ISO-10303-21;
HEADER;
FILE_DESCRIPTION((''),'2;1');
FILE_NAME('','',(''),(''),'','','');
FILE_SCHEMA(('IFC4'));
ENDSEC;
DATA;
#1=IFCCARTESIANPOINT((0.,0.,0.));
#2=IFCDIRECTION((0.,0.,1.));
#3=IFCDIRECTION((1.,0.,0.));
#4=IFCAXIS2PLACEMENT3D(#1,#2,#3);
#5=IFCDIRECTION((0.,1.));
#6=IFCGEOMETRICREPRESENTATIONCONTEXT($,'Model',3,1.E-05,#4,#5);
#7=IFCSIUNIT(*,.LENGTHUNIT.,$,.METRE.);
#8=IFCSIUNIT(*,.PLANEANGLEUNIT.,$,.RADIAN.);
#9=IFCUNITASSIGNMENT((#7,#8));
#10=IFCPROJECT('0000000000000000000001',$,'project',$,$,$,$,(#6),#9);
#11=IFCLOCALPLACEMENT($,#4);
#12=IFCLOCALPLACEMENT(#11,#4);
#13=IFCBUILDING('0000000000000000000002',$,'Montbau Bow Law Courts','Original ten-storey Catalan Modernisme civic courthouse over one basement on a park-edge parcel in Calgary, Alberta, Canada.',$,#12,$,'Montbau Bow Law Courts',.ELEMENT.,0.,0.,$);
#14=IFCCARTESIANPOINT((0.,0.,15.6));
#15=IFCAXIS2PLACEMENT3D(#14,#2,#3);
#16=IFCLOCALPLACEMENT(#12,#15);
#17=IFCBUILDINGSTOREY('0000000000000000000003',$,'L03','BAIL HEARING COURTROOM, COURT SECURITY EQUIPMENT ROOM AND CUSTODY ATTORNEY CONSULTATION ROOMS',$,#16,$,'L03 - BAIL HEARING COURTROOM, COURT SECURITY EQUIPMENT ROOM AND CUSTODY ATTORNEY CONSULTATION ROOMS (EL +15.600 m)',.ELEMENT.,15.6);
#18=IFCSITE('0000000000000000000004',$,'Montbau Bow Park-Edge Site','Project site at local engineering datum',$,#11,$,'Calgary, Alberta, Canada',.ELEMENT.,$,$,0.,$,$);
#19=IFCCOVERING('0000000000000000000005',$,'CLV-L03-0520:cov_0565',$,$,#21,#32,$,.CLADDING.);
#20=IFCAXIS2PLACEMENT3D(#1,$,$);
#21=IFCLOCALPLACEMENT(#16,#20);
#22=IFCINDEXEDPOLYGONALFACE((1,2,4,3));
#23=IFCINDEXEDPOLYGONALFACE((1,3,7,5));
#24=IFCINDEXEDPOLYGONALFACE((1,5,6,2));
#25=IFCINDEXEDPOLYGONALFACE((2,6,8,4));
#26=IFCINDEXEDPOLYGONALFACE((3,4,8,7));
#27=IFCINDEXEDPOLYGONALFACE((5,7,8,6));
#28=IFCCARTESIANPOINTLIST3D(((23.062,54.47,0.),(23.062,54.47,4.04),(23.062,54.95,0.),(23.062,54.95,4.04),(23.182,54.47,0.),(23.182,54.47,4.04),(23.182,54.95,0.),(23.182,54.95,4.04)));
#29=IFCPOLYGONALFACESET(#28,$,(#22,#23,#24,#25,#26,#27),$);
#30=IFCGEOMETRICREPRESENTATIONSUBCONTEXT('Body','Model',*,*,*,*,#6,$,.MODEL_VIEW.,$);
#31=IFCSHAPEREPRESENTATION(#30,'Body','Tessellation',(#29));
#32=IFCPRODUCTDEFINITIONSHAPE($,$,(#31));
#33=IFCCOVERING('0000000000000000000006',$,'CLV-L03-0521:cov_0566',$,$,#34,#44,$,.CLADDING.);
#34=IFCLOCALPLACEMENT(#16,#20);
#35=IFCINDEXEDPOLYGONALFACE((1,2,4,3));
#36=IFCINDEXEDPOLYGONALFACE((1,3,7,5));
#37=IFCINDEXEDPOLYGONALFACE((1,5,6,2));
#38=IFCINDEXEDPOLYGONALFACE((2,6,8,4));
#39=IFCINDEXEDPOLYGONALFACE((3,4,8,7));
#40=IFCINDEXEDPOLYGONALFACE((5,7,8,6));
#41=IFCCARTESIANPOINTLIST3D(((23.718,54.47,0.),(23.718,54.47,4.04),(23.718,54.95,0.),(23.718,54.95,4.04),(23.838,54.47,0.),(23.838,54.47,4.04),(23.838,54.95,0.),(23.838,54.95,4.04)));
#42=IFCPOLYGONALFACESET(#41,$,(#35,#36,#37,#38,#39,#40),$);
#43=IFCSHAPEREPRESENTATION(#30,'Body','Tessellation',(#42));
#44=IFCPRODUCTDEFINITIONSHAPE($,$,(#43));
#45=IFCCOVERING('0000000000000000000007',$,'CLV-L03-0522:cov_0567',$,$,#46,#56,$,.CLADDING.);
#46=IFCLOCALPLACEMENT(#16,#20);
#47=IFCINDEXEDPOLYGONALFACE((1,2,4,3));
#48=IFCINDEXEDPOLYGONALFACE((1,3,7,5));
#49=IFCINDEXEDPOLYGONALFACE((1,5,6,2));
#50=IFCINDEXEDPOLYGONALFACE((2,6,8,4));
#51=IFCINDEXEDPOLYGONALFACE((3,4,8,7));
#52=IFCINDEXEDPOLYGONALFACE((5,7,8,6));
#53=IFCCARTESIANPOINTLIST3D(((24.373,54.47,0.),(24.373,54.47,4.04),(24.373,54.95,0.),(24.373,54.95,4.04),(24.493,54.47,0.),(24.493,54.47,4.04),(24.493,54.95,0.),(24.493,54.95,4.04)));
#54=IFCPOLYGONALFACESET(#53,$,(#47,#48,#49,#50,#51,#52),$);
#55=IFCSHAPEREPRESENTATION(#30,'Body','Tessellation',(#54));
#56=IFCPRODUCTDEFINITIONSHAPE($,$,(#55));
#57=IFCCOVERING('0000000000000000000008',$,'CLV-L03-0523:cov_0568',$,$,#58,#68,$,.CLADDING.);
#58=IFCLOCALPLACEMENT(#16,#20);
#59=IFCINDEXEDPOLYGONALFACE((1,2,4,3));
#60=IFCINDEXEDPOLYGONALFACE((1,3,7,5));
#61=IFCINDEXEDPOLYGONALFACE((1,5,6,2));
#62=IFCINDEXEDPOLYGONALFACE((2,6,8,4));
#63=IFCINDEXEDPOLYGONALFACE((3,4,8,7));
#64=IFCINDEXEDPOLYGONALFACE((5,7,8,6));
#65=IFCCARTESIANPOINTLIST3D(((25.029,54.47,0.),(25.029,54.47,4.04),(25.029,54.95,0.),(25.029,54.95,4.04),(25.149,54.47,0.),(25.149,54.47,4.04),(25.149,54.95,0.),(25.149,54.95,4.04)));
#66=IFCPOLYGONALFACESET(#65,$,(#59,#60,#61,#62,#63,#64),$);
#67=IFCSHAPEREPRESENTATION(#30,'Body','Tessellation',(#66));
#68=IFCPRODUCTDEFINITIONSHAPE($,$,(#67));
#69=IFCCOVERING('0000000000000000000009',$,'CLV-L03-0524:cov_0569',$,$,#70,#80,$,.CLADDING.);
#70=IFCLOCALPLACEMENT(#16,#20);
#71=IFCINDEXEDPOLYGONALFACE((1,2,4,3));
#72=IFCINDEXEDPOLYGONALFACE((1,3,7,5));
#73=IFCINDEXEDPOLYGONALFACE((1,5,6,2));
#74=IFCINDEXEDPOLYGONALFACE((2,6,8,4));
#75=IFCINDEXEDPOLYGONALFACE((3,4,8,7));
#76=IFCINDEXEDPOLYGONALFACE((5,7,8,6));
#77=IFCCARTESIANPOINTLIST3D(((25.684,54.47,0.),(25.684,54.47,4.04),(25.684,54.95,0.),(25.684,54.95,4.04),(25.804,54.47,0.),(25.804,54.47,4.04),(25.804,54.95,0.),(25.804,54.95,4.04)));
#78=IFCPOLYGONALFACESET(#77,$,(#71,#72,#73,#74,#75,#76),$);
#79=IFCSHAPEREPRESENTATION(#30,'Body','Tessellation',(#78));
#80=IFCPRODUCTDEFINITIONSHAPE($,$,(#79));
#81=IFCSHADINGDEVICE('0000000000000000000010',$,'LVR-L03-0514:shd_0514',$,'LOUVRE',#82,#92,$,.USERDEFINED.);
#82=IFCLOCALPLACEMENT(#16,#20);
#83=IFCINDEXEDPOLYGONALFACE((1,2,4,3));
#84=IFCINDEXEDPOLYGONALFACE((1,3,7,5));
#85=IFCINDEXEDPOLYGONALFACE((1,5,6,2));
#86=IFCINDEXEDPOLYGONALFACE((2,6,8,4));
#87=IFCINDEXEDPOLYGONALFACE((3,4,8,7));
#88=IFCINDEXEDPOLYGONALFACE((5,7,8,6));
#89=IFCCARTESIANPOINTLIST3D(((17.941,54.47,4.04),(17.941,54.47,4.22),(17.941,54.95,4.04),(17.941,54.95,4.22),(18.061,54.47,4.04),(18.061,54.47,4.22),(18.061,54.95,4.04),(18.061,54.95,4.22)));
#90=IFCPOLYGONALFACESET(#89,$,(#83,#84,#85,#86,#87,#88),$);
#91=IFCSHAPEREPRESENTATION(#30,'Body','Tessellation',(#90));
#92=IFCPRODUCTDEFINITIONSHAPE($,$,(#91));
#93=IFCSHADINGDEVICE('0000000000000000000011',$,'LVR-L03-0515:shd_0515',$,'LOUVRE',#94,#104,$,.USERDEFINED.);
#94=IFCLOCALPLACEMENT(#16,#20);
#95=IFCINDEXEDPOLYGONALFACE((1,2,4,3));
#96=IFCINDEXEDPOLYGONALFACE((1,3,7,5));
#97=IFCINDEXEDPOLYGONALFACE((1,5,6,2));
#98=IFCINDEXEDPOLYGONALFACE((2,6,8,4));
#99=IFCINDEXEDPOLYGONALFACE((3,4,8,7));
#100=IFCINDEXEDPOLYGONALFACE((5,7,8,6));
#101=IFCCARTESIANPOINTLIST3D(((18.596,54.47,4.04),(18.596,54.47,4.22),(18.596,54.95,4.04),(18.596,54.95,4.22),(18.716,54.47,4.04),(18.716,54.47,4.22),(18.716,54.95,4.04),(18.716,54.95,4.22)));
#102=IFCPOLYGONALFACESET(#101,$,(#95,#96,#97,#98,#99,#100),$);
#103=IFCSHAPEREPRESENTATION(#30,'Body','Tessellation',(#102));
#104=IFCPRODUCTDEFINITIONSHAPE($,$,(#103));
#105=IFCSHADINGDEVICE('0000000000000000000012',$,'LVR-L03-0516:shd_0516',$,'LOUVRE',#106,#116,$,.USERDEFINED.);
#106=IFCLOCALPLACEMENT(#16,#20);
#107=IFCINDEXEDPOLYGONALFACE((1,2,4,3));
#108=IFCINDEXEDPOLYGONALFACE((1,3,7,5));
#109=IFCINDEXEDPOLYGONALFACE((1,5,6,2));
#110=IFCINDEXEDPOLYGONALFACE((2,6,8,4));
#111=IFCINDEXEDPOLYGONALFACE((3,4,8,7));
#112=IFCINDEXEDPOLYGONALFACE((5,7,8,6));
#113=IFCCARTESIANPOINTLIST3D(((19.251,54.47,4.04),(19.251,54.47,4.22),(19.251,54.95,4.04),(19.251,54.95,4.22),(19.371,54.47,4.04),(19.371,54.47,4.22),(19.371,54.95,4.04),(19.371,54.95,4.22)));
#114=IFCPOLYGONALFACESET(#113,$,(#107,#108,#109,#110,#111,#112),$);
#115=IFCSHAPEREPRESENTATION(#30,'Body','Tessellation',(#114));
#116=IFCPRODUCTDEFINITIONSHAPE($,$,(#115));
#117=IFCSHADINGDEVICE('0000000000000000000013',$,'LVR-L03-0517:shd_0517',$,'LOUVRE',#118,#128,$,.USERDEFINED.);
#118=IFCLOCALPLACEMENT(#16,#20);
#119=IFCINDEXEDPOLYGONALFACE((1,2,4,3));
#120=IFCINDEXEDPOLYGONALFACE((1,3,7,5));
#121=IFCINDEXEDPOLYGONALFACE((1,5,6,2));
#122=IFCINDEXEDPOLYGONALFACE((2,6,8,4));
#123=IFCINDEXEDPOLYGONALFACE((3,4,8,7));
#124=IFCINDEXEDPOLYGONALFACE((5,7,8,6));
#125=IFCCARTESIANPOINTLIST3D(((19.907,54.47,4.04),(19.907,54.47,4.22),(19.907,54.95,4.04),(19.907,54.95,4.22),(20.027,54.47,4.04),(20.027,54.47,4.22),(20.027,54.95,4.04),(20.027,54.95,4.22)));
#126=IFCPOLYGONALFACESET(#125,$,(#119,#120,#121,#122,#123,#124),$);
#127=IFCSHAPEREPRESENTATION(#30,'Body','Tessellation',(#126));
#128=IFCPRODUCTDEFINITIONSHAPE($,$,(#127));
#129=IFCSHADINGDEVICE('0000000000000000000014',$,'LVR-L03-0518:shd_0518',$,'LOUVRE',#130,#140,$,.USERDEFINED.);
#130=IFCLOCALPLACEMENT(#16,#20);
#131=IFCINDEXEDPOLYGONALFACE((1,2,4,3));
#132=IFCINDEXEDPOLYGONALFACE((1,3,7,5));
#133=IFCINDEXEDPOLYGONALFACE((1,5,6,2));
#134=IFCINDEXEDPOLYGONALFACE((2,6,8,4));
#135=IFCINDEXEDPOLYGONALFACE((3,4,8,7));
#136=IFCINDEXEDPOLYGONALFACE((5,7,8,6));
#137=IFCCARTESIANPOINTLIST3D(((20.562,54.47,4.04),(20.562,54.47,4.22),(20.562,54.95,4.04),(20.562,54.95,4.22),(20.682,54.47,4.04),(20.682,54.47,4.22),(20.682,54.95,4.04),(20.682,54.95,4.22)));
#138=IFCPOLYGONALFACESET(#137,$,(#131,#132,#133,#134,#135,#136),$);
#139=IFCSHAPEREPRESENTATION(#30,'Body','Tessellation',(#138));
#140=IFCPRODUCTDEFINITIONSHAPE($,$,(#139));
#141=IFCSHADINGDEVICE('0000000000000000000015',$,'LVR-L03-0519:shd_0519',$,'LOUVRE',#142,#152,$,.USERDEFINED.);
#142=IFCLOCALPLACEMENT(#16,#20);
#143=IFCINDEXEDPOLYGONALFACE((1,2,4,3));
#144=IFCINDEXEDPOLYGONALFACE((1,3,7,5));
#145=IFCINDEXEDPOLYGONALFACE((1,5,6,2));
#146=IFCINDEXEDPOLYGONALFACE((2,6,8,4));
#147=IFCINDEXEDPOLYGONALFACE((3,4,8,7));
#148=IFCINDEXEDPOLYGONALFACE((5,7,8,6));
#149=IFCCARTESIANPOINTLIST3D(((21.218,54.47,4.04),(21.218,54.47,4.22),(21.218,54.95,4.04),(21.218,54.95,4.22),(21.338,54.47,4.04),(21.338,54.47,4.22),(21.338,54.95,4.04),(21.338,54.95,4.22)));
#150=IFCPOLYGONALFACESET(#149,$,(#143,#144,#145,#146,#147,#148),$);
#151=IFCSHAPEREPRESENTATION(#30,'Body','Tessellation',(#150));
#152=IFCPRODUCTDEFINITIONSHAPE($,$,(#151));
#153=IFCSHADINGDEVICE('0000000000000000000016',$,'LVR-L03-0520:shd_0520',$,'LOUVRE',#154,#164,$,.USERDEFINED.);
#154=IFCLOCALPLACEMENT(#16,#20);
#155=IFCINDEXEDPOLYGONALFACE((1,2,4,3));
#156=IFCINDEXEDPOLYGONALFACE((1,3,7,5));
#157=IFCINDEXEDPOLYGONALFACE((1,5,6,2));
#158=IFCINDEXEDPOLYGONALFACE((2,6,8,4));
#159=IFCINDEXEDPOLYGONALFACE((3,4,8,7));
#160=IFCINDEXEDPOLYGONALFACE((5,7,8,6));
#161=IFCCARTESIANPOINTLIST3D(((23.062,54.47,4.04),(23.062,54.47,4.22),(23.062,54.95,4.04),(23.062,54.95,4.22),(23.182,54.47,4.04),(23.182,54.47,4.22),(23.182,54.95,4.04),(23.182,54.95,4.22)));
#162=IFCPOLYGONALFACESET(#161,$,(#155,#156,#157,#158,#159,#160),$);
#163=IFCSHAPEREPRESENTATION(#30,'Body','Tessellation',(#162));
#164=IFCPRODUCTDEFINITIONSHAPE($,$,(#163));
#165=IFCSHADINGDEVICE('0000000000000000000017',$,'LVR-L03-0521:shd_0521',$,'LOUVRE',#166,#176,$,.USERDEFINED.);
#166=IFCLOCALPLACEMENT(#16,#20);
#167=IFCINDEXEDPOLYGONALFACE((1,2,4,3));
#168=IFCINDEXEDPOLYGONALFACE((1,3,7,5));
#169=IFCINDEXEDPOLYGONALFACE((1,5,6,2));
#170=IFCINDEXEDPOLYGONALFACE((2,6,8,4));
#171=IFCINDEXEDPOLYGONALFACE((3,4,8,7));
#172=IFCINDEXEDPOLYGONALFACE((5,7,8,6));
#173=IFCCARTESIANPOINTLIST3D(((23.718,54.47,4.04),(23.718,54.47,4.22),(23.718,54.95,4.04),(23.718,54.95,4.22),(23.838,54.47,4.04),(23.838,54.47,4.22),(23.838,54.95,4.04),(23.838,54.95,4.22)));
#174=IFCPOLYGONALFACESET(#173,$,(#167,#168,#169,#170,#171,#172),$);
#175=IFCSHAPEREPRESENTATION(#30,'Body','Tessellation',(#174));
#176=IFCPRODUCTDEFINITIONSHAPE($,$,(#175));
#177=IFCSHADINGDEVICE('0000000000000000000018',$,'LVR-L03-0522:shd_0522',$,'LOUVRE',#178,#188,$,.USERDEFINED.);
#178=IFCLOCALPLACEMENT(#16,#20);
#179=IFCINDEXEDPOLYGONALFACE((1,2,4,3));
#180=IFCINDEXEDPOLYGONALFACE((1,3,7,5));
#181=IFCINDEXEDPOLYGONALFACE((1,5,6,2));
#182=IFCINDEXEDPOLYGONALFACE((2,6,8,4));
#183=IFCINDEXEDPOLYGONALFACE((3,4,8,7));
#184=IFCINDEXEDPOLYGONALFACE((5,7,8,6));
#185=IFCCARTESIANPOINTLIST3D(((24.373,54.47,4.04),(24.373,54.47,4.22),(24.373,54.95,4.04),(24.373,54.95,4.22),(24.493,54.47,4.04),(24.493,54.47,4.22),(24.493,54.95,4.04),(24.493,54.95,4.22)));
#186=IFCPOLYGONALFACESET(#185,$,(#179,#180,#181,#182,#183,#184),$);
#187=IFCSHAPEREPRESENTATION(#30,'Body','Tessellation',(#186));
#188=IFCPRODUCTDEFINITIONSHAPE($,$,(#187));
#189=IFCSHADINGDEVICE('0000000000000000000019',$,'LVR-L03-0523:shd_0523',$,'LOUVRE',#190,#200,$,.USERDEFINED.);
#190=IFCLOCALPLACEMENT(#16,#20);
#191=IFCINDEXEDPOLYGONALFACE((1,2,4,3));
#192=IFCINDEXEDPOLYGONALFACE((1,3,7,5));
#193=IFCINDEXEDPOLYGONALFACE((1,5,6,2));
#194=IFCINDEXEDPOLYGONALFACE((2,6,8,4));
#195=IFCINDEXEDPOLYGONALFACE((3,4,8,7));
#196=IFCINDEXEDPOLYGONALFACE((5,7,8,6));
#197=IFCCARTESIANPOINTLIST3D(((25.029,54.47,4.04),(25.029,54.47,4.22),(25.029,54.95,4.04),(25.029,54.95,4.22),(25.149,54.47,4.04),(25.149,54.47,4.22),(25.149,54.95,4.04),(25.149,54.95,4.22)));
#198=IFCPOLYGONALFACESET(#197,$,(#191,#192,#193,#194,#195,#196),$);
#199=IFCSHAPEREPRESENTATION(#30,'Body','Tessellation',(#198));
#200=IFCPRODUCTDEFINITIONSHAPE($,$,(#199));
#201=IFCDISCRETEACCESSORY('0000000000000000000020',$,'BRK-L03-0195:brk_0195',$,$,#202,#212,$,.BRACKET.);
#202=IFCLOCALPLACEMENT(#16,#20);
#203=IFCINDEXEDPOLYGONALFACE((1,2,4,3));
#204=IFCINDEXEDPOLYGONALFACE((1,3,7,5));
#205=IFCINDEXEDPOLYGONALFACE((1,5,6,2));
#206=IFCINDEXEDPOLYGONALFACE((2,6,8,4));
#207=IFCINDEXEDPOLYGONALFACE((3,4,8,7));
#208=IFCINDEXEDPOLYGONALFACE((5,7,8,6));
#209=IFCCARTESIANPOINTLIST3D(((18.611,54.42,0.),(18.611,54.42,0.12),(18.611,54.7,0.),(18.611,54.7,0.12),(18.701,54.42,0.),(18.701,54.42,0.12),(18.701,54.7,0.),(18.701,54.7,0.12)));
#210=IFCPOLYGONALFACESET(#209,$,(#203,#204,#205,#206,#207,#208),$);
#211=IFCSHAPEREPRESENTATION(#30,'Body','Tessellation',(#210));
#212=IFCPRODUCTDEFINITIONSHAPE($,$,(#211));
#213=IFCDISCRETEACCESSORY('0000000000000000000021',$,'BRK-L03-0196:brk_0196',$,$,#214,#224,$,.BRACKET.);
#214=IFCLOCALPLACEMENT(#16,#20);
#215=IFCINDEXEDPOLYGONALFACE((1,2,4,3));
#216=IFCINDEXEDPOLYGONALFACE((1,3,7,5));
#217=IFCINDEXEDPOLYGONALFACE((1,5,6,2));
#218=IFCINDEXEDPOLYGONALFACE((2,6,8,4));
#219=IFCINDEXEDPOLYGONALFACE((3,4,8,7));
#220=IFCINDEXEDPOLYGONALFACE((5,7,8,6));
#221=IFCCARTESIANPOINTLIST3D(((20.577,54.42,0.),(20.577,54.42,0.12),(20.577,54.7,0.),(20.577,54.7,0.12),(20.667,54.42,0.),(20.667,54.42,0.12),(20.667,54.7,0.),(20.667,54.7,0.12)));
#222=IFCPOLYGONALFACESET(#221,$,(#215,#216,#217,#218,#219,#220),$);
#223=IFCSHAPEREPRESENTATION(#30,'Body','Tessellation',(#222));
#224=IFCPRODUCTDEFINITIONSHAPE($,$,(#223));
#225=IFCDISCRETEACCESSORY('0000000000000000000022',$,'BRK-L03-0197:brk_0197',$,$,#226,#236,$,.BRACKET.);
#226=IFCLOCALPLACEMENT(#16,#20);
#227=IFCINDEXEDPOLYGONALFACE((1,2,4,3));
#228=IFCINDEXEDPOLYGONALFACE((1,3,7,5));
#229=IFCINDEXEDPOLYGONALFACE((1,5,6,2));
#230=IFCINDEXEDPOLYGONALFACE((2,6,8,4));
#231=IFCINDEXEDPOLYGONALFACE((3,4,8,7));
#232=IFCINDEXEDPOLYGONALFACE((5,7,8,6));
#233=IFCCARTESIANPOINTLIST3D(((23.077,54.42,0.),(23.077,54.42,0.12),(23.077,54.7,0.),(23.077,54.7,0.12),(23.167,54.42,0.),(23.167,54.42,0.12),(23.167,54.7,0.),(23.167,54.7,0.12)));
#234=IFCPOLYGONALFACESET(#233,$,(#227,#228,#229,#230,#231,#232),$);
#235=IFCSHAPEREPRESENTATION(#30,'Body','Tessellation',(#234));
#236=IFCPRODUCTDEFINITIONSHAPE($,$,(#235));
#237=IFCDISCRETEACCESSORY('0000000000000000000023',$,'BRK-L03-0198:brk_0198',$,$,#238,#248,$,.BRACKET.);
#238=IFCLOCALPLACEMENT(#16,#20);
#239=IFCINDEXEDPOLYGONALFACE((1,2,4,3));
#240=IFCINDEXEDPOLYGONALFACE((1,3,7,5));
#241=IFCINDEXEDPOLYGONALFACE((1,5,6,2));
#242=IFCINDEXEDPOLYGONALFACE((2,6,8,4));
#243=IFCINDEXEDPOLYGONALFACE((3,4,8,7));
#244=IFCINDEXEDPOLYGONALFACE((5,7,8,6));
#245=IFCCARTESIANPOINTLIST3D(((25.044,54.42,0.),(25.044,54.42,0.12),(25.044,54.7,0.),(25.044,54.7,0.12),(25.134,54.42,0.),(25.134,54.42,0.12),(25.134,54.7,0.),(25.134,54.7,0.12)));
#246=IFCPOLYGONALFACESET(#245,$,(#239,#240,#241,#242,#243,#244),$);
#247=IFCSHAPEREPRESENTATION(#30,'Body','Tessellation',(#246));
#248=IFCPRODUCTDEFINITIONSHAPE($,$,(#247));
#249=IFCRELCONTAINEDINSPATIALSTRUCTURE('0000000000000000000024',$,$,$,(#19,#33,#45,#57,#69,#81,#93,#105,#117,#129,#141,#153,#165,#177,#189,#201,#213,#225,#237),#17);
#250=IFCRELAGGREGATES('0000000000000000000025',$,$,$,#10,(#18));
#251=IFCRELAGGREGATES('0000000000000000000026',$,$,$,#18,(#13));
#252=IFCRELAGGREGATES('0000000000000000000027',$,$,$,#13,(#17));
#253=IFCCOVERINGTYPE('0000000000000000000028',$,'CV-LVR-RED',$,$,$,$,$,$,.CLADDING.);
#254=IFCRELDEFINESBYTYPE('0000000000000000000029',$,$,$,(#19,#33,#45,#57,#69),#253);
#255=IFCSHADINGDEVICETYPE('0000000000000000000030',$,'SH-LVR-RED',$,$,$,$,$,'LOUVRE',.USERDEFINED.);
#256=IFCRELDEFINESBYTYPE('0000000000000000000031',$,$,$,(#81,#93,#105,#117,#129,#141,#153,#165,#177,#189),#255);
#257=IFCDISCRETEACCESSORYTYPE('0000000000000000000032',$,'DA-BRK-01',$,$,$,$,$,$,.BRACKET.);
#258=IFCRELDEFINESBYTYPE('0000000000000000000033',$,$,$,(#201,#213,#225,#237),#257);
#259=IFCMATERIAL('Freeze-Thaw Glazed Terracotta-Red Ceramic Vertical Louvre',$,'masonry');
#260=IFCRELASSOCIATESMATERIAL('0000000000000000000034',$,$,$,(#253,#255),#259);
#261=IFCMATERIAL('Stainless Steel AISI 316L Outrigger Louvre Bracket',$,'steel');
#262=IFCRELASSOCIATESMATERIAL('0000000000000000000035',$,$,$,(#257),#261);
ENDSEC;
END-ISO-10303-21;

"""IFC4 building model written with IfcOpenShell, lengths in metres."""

from ifc_helpers import new_model, si_unit, direction, frame, frame_2d, origin_with_axes, origin_2d_with_axis, place, context, subcontext, project, spatial, rectangle, extrude, material, type_object, element, save


model = new_model("IFC4")

# Units and contexts
model_context = context("Model", 3, precision=1e-05, world=origin_with_axes(), true_north=direction((0.0, 1.0)))
body_context = subcontext(model_context, "Body", "Model", "MODEL_VIEW")
ifc_project = project(units=[si_unit("LENGTHUNIT", "METRE"), si_unit("PLANEANGLEUNIT", "RADIAN")], contexts=[model_context])

# Site, building, storey
site_placement = place(None, origin_with_axes())
site = spatial("IfcSite", under=ifc_project, at=site_placement, Name="Montbau Bow Park-Edge Site", Description="Project site at local engineering datum", LongName="Calgary, Alberta, Canada", CompositionType="ELEMENT", RefElevation=0.0)
building_placement = place(site_placement, origin_with_axes())
building = spatial("IfcBuilding", under=site, at=building_placement, Name="Montbau Bow Law Courts", Description="Original ten-storey Catalan Modernisme civic courthouse over one basement on a park-edge parcel in Calgary, Alberta, Canada.", LongName="Montbau Bow Law Courts", CompositionType="ELEMENT", ElevationOfRefHeight=0.0, ElevationOfTerrain=0.0)
storey_placement = place(building_placement, frame((0.0, 0.0, 15.6), z_axis=(0.0, 0.0, 1.0), x_axis=(1.0, 0.0, 0.0)))
storey = spatial("IfcBuildingStorey", under=building, at=storey_placement, Name="L03", Description="BAIL HEARING COURTROOM, COURT SECURITY EQUIPMENT ROOM AND CUSTODY ATTORNEY CONSULTATION ROOMS", LongName="L03 - BAIL HEARING COURTROOM, COURT SECURITY EQUIPMENT ROOM AND CUSTODY ATTORNEY CONSULTATION ROOMS (EL +15.600 m)", CompositionType="ELEMENT", Elevation=15.6)

# Coverings
ifc_material_1 = material(Name="Freeze-Thaw Glazed Terracotta-Red Ceramic Vertical Louvre", Category="masonry")
covering_type = type_object("IfcCoveringType", Name="CV-LVR-RED", PredefinedType="CLADDING", material=ifc_material_1)
for number, where, z_axis, x_axis, name in (
    (1, (23.122, 54.47, 15.6), (1.0, 0.0, 0.0), (0.0, 1.0, 0.0), "CLV-L03-0520:cov_0565"),
    (2, (23.778, 54.47, 15.6), (1.0, 0.0, 0.0), (0.0, 1.0, 0.0), "CLV-L03-0521:cov_0566"),
    (3, (24.433, 54.47, 15.6), (1.0, 0.0, 0.0), (0.0, 1.0, 0.0), "CLV-L03-0522:cov_0567"),
    (4, (25.089, 54.47, 15.6), (1.0, 0.0, 0.0), (0.0, 1.0, 0.0), "CLV-L03-0523:cov_0568"),
    (5, (25.744, 54.47, 15.6), (1.0, 0.0, 0.0), (0.0, 1.0, 0.0), "CLV-L03-0524:cov_0569"),
):
    element("IfcCovering", number, at=place(None, frame(where, z_axis=z_axis, x_axis=x_axis)), inside=storey, type_object=covering_type, Name=name, PredefinedType="CLADDING", context=body_context, shape_type="SweptSolid", body=[
        extrude(rectangle(XDim=0.48, YDim=4.04, at=frame_2d((0.24, 2.02), x_axis=(1.0, 0.0))), frame((0.0, 0.0, -0.06), z_axis=(0.0, 0.0, 1.0), x_axis=(1.0, 0.0, 0.0)), (0.0, 0.0, 1.0), 0.12),
    ])

# Shading devices
shading_device_type = type_object("IfcShadingDeviceType", Name="SH-LVR-RED", ElementType="LOUVRE", PredefinedType="USERDEFINED", material=ifc_material_1)
for number, where, z_axis, x_axis, name in (
    (6, (18.001, 54.71, 19.64), (0.0, 0.0, 1.0), (0.0, 1.0, 0.0), "LVR-L03-0514:shd_0514"),
    (7, (18.656, 54.71, 19.64), (0.0, 0.0, 1.0), (0.0, 1.0, 0.0), "LVR-L03-0515:shd_0515"),
    (8, (19.311, 54.71, 19.64), (0.0, 0.0, 1.0), (0.0, 1.0, 0.0), "LVR-L03-0516:shd_0516"),
    (9, (19.967, 54.71, 19.64), (0.0, 0.0, 1.0), (0.0, 1.0, 0.0), "LVR-L03-0517:shd_0517"),
    (10, (20.622, 54.71, 19.64), (0.0, 0.0, 1.0), (0.0, 1.0, 0.0), "LVR-L03-0518:shd_0518"),
    (11, (21.278, 54.71, 19.64), (0.0, 0.0, 1.0), (0.0, 1.0, 0.0), "LVR-L03-0519:shd_0519"),
    (12, (23.122, 54.71, 19.64), (0.0, 0.0, 1.0), (0.0, 1.0, 0.0), "LVR-L03-0520:shd_0520"),
    (13, (23.778, 54.71, 19.64), (0.0, 0.0, 1.0), (0.0, 1.0, 0.0), "LVR-L03-0521:shd_0521"),
    (14, (24.433, 54.71, 19.64), (0.0, 0.0, 1.0), (0.0, 1.0, 0.0), "LVR-L03-0522:shd_0522"),
    (15, (25.089, 54.71, 19.64), (0.0, 0.0, 1.0), (0.0, 1.0, 0.0), "LVR-L03-0523:shd_0523"),
):
    element("IfcShadingDevice", number, at=place(None, frame(where, z_axis=z_axis, x_axis=x_axis)), inside=storey, type_object=shading_device_type, Name=name, ObjectType="LOUVRE", PredefinedType="USERDEFINED", context=body_context, shape_type="SweptSolid", body=[
        extrude(rectangle(XDim=0.48, YDim=0.12, at=origin_2d_with_axis()), origin_with_axes(), (0.0, 0.0, 1.0), 0.18),
    ])

# Discrete accessories
ifc_material_2 = material(Name="Stainless Steel AISI 316L Outrigger Louvre Bracket", Category="steel")
discrete_accessory_type = type_object("IfcDiscreteAccessoryType", Name="DA-BRK-01", PredefinedType="BRACKET", material=ifc_material_2)
for number, where, z_axis, x_axis, name in (
    (16, (18.656, 54.56, 15.6), (0.0, 0.0, 1.0), (0.0, 1.0, 0.0), "BRK-L03-0195:brk_0195"),
    (17, (20.622, 54.56, 15.6), (0.0, 0.0, 1.0), (0.0, 1.0, 0.0), "BRK-L03-0196:brk_0196"),
    (18, (23.122, 54.56, 15.6), (0.0, 0.0, 1.0), (0.0, 1.0, 0.0), "BRK-L03-0197:brk_0197"),
    (19, (25.089, 54.56, 15.6), (0.0, 0.0, 1.0), (0.0, 1.0, 0.0), "BRK-L03-0198:brk_0198"),
):
    element("IfcDiscreteAccessory", number, at=place(None, frame(where, z_axis=z_axis, x_axis=x_axis)), inside=storey, type_object=discrete_accessory_type, Name=name, PredefinedType="BRACKET", context=body_context, shape_type="SweptSolid", body=[
        extrude(rectangle(XDim=0.28, YDim=0.09, at=origin_2d_with_axis()), origin_with_axes(), (0.0, 0.0, 1.0), 0.12),
    ])

save(model, "model.ifc")
